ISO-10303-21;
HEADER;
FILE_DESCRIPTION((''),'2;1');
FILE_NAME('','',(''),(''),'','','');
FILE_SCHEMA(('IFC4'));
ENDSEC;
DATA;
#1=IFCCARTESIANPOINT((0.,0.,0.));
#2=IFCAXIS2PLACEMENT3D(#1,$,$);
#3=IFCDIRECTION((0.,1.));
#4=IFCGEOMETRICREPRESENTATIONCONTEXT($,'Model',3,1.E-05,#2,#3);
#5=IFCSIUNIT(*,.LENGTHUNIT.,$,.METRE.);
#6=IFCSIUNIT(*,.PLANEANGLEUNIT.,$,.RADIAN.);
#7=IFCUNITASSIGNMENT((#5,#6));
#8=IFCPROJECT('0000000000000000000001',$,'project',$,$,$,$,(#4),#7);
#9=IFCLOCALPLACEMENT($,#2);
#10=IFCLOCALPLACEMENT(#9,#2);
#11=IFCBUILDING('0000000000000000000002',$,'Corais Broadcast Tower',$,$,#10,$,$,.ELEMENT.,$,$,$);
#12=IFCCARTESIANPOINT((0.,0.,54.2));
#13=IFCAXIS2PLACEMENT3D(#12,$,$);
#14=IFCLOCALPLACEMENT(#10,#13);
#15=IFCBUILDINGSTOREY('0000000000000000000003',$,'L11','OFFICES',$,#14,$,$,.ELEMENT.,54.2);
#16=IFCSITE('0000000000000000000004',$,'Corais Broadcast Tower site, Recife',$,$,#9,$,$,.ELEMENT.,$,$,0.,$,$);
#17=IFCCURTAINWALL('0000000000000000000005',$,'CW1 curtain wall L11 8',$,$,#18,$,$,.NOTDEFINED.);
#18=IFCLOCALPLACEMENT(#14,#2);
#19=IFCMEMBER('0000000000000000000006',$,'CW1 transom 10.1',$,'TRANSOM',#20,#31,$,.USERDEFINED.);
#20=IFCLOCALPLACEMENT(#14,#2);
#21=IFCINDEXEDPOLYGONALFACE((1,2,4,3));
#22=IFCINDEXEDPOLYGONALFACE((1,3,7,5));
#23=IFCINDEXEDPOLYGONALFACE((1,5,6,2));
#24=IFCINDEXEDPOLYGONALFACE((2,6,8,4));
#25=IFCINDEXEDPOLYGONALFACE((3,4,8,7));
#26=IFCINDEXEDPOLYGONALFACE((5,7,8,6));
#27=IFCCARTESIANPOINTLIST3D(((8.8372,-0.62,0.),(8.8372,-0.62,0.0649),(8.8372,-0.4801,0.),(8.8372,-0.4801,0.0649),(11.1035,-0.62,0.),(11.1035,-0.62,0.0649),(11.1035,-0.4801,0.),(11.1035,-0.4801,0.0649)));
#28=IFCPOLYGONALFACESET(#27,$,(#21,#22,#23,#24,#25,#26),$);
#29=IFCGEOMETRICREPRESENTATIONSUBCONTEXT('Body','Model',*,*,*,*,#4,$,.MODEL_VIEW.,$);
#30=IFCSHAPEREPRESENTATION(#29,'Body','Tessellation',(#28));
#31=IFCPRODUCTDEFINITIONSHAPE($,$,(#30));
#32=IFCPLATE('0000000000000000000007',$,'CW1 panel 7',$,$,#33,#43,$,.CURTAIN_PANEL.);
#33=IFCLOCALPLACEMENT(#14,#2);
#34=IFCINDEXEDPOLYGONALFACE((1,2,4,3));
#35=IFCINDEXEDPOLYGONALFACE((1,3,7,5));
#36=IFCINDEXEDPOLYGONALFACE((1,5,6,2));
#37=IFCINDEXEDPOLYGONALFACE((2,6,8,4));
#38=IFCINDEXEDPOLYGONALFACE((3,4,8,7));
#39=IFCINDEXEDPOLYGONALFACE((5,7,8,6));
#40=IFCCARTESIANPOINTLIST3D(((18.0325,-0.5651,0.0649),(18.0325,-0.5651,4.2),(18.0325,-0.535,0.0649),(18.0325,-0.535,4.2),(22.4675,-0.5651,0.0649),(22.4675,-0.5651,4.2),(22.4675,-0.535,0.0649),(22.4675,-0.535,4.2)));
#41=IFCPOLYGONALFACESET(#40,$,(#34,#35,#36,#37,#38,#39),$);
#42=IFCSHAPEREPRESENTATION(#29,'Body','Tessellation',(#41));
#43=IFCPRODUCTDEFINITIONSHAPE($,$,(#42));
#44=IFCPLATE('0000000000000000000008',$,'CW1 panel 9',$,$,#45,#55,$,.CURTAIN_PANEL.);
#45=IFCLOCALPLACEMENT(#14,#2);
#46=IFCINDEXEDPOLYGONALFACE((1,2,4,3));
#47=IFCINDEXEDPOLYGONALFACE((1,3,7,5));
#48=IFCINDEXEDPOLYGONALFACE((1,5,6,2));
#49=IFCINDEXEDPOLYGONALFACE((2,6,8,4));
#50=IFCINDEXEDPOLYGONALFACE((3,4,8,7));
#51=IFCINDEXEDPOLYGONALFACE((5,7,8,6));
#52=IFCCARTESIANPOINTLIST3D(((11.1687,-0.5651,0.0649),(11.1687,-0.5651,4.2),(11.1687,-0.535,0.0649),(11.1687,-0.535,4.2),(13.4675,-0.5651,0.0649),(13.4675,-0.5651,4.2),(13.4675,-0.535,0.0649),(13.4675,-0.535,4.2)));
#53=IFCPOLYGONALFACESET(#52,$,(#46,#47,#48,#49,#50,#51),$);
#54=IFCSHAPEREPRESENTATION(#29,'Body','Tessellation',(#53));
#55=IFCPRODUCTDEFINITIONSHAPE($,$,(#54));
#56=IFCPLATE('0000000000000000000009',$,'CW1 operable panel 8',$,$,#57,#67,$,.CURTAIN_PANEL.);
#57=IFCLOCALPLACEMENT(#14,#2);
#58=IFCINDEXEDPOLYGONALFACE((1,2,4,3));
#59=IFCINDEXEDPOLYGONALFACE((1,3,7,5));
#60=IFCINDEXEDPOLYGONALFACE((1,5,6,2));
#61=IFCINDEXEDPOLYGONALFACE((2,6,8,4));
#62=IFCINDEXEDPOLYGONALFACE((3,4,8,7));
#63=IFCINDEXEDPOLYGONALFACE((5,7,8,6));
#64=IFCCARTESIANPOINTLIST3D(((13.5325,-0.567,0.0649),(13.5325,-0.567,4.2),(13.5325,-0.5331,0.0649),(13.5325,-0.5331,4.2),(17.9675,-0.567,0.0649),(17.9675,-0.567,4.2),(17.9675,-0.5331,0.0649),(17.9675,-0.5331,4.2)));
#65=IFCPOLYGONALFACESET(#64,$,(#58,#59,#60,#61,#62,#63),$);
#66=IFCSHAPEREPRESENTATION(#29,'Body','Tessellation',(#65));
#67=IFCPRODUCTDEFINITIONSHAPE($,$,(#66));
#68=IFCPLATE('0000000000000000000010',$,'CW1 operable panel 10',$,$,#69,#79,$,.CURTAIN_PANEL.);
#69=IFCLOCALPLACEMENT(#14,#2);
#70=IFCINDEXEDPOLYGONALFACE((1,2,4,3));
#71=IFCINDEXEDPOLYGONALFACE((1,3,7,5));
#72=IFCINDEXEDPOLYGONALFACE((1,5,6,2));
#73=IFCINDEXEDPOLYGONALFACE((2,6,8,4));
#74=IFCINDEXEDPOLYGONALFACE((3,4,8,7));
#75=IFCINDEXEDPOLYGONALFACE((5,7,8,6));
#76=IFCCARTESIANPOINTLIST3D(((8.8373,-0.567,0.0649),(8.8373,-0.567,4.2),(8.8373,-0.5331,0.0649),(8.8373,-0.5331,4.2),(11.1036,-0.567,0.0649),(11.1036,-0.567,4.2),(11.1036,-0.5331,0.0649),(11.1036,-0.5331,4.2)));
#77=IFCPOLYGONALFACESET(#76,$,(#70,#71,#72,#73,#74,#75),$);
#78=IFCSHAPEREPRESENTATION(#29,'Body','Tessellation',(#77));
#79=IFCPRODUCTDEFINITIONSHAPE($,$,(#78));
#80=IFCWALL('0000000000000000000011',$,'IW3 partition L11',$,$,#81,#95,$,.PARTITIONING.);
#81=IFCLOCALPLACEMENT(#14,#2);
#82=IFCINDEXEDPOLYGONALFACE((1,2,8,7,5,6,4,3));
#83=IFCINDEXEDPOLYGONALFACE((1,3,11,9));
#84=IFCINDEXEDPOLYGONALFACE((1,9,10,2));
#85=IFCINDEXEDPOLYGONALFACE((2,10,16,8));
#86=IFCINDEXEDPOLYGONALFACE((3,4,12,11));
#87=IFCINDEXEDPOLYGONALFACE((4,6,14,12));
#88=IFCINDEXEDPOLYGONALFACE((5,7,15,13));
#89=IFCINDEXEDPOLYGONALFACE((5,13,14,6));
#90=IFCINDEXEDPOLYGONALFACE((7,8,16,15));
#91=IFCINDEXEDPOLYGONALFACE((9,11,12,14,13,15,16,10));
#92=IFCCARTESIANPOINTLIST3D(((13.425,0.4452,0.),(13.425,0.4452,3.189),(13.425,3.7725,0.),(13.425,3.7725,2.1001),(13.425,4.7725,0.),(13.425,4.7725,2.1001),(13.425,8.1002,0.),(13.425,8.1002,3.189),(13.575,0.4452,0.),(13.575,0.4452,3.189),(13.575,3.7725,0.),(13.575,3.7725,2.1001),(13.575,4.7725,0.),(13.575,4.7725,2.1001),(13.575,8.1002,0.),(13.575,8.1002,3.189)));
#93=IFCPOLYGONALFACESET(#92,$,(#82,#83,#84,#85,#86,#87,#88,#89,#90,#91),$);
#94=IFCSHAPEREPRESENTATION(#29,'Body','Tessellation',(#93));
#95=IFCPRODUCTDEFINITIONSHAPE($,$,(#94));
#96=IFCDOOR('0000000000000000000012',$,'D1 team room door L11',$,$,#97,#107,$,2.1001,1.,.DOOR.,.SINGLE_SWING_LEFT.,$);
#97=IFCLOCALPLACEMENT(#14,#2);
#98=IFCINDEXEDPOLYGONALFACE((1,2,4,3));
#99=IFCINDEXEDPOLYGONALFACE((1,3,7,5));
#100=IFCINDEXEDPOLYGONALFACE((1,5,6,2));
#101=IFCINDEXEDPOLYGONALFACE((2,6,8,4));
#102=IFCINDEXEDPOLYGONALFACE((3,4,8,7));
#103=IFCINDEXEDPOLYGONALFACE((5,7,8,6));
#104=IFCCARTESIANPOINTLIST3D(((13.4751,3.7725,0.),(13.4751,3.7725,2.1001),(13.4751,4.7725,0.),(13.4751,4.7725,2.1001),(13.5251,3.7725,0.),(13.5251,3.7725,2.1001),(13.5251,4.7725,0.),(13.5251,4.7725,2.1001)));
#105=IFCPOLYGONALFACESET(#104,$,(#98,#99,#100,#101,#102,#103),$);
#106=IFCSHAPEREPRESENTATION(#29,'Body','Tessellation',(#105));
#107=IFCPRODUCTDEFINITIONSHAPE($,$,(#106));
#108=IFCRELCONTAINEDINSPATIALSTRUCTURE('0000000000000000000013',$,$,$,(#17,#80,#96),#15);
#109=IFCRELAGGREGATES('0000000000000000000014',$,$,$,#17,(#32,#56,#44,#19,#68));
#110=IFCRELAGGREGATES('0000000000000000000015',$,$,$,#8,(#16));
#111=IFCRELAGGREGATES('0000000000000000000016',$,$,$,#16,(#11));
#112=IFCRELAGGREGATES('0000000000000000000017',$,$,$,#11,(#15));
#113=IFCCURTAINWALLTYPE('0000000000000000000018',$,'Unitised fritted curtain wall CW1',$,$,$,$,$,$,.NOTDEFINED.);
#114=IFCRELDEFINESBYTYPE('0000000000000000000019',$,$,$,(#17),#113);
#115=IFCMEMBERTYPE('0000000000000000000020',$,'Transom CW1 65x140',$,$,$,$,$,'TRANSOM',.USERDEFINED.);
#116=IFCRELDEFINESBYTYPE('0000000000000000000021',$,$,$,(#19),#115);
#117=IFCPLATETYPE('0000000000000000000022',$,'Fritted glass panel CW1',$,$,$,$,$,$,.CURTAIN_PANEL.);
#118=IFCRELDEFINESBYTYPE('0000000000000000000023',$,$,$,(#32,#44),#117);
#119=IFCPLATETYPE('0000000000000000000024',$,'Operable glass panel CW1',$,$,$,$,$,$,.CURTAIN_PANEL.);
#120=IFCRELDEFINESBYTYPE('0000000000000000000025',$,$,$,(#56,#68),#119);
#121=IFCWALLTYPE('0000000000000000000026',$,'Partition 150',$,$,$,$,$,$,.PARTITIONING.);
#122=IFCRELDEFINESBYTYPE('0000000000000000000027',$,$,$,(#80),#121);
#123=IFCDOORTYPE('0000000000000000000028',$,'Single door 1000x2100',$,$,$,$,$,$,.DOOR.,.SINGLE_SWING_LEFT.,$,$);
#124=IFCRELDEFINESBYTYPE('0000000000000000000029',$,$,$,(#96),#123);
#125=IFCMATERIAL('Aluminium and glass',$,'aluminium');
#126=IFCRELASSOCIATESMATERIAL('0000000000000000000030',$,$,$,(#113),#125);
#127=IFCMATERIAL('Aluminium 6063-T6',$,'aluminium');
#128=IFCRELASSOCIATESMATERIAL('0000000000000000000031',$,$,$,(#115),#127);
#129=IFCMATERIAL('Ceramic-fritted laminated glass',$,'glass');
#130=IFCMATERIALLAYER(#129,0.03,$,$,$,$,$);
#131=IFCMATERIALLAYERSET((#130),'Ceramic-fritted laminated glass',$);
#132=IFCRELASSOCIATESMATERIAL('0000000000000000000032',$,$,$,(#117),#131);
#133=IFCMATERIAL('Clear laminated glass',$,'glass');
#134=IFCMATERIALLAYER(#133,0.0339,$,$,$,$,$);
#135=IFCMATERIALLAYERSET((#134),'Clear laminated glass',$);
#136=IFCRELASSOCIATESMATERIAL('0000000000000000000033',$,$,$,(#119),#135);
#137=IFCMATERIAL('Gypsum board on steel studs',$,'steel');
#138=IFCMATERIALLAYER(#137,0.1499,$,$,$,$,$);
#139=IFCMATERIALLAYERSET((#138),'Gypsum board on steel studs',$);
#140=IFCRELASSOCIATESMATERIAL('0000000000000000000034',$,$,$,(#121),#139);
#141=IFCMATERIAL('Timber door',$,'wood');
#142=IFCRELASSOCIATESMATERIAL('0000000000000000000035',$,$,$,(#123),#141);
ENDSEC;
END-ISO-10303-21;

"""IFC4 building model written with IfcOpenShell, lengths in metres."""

from ifc_helpers import new_model, si_unit, direction, frame, frame_2d, origin, origin_2d, place, context, subcontext, project, spatial, rectangle, extrude, material, layer, layer_set, material_profile, profile_set, type_object, element, fill, aggregate, save


model = new_model("IFC4")

# Units and contexts
model_context = context("Model", 3, precision=1e-05, world=origin(), true_north=direction((0.0, 1.0)))
body_context = subcontext(model_context, "Body", "Model", "MODEL_VIEW")
ifc_project = project(units=[si_unit("LENGTHUNIT", "METRE"), si_unit("PLANEANGLEUNIT", "RADIAN")], contexts=[model_context])

# Site, building, storey
site_placement = place(None, origin())
site = spatial("IfcSite", under=ifc_project, at=site_placement, Name="Corais Broadcast Tower site, Recife", CompositionType="ELEMENT", RefElevation=0.0)
building_placement = place(site_placement, origin())
building = spatial("IfcBuilding", under=site, at=building_placement, Name="Corais Broadcast Tower", CompositionType="ELEMENT")
storey_placement = place(building_placement, frame((0.0, 0.0, 54.2)))
storey = spatial("IfcBuildingStorey", under=building, at=storey_placement, Name="L11", Description="OFFICES", CompositionType="ELEMENT", Elevation=54.2)

# Shared definitions
ifc_material_1 = material(Name="Aluminium and glass", Category="aluminium")
curtain_wall_type = type_object("IfcCurtainWallType", Name="Unitised fritted curtain wall CW1", PredefinedType="NOTDEFINED", material=ifc_material_1)

# Curtain wall
curtain_wall_1_placement = place(storey_placement, origin())
curtain_wall_1 = element("IfcCurtainWall", 1, at=curtain_wall_1_placement, inside=storey, type_object=curtain_wall_type, Name="CW1 curtain wall L11 8", PredefinedType="NOTDEFINED")

# Member
ifc_material_2 = material(Name="Aluminium 6063-T6", Category="aluminium")
ifc_material_profile_1 = material_profile(ifc_material_2, rectangle(XDim=0.1399, YDim=0.0649, at=origin_2d()), Name="Transom CW1 65x140")
ifc_profile_set_1 = profile_set([ifc_material_profile_1], Name="Aluminium 6063-T6")
member_type_1 = type_object("IfcMemberType", Name="Transom CW1 65x140", ElementType="TRANSOM", PredefinedType="USERDEFINED", material=ifc_profile_set_1)
member_1_placement = place(storey_placement, frame((11.1035, -0.55, 0.0325), z_axis=(-1.0, 0.0, 0.0), x_axis=(0.0, -1.0, 0.0)))
member_1 = element("IfcMember", 2, at=member_1_placement, type_object=member_type_1, Name="CW1 transom 10.1", ObjectType="TRANSOM", PredefinedType="USERDEFINED", context=body_context, shape_type="SweptSolid", body=[
    extrude(rectangle(XDim=0.1399, YDim=0.0649, at=origin_2d()), origin(), (0.0, 0.0, 1.0), 2.2664),
])

# Plates
ifc_material_3 = material(Name="Ceramic-fritted laminated glass", Category="glass")
ifc_layer_1 = layer(ifc_material_3, 0.03)
ifc_layer_set_1 = layer_set([ifc_layer_1], Name="Ceramic-fritted laminated glass")
plate_type_1 = type_object("IfcPlateType", Name="Fritted glass panel CW1", PredefinedType="CURTAIN_PANEL", material=ifc_layer_set_1)
plate_1_placement = place(storey_placement, frame((20.25, -0.55, 0.0649), z_axis=(0.0, 0.0, 1.0), x_axis=(-1.0, 0.0, 0.0)))
plate_1 = element("IfcPlate", 3, at=plate_1_placement, type_object=plate_type_1, Name="CW1 panel 7", PredefinedType="CURTAIN_PANEL", context=body_context, shape_type="SweptSolid", body=[
    extrude(rectangle(XDim=4.4351, YDim=0.03, at=origin_2d()), origin(), (0.0, 0.0, 1.0), 4.135),
])
plate_2_placement = place(storey_placement, frame((12.3181, -0.55, 0.0649), z_axis=(0.0, 0.0, 1.0), x_axis=(-1.0, 0.0, 0.0)))
plate_2 = element("IfcPlate", 4, at=plate_2_placement, type_object=plate_type_1, Name="CW1 panel 9", PredefinedType="CURTAIN_PANEL", context=body_context, shape_type="SweptSolid", body=[
    extrude(rectangle(XDim=2.2988, YDim=0.03, at=origin_2d()), origin(), (0.0, 0.0, 1.0), 4.135),
])
ifc_material_4 = material(Name="Clear laminated glass", Category="glass")
ifc_layer_2 = layer(ifc_material_4, 0.0339)
ifc_layer_set_2 = layer_set([ifc_layer_2], Name="Clear laminated glass")
plate_type_2 = type_object("IfcPlateType", Name="Operable glass panel CW1", PredefinedType="CURTAIN_PANEL", material=ifc_layer_set_2)
plate_3_placement = place(storey_placement, frame((15.75, -0.55, 0.0649), z_axis=(0.0, 0.0, 1.0), x_axis=(-1.0, 0.0, 0.0)))
plate_3 = element("IfcPlate", 5, at=plate_3_placement, type_object=plate_type_2, Name="CW1 operable panel 8", PredefinedType="CURTAIN_PANEL", context=body_context, shape_type="SweptSolid", body=[
    extrude(rectangle(XDim=4.4351, YDim=0.0339, at=origin_2d()), origin(), (0.0, 0.0, 1.0), 4.135),
])
plate_4_placement = place(storey_placement, frame((9.9705, -0.55, 0.0649), z_axis=(0.0, 0.0, 1.0), x_axis=(-1.0, 0.0, 0.0)))
plate_4 = element("IfcPlate", 6, at=plate_4_placement, type_object=plate_type_2, Name="CW1 operable panel 10", PredefinedType="CURTAIN_PANEL", context=body_context, shape_type="SweptSolid", body=[
    extrude(rectangle(XDim=2.2664, YDim=0.0339, at=origin_2d()), origin(), (0.0, 0.0, 1.0), 4.135),
])
aggregate(curtain_wall_1, [plate_1, plate_3, plate_2, member_1, plate_4])

# Wall, opening, door
ifc_material_5 = material(Name="Gypsum board on steel studs", Category="steel")
ifc_layer_3 = layer(ifc_material_5, 0.1499)
ifc_layer_set_3 = layer_set([ifc_layer_3], Name="Gypsum board on steel studs")
wall_type = type_object("IfcWallType", Name="Partition 150", PredefinedType="PARTITIONING", material=ifc_layer_set_3)
wall_placement = place(storey_placement, frame((13.5, 0.4451, 0.0), z_axis=(0.0, 0.0, 1.0), x_axis=(0.0, 1.0, 0.0)))
wall = element("IfcWall", 7, at=wall_placement, inside=storey, type_object=wall_type, Name="IW3 partition L11", PredefinedType="PARTITIONING", context=body_context, shape_type="SweptSolid", body=[
    extrude(rectangle(XDim=7.655, YDim=0.1499, at=frame_2d((3.8276, 0.0))), origin(), (0.0, 0.0, 1.0), 3.189),
])
opening_placement = place(wall_placement, frame((3.3274, 0.0, 0.0)))
opening = element("IfcOpeningElement", 8, at=opening_placement, cuts=wall, PredefinedType="OPENING", context=body_context, shape_type="SweptSolid", body=[
    extrude(rectangle(XDim=1.0, YDim=2.1001, at=frame_2d((0.5, 1.05))), frame((0.0, 0.085, 0.0), z_axis=(0.0, -1.0, 0.0), x_axis=(1.0, 0.0, 0.0)), (0.0, 0.0, 1.0), 0.1699),
])
ifc_material_6 = material(Name="Timber door", Category="wood")
door_type = type_object("IfcDoorType", Name="Single door 1000x2100", OperationType="SINGLE_SWING_LEFT", PredefinedType="DOOR", material=ifc_material_6)
door_placement = place(opening_placement, origin())
door = element("IfcDoor", 9, at=door_placement, inside=storey, type_object=door_type, Name="D1 team room door L11", OperationType="SINGLE_SWING_LEFT", OverallHeight=2.1001, OverallWidth=1.0, PredefinedType="DOOR", context=body_context, shape_type="SweptSolid", body=[
    extrude(rectangle(XDim=1.0, YDim=2.1001, at=frame_2d((0.5, 1.05))), frame((0.0, 0.0249, 0.0), z_axis=(0.0, -1.0, 0.0), x_axis=(1.0, 0.0, 0.0)), (0.0, 0.0, 1.0), 0.05),
])
fill(opening, door)

save(model, "model.ifc")
